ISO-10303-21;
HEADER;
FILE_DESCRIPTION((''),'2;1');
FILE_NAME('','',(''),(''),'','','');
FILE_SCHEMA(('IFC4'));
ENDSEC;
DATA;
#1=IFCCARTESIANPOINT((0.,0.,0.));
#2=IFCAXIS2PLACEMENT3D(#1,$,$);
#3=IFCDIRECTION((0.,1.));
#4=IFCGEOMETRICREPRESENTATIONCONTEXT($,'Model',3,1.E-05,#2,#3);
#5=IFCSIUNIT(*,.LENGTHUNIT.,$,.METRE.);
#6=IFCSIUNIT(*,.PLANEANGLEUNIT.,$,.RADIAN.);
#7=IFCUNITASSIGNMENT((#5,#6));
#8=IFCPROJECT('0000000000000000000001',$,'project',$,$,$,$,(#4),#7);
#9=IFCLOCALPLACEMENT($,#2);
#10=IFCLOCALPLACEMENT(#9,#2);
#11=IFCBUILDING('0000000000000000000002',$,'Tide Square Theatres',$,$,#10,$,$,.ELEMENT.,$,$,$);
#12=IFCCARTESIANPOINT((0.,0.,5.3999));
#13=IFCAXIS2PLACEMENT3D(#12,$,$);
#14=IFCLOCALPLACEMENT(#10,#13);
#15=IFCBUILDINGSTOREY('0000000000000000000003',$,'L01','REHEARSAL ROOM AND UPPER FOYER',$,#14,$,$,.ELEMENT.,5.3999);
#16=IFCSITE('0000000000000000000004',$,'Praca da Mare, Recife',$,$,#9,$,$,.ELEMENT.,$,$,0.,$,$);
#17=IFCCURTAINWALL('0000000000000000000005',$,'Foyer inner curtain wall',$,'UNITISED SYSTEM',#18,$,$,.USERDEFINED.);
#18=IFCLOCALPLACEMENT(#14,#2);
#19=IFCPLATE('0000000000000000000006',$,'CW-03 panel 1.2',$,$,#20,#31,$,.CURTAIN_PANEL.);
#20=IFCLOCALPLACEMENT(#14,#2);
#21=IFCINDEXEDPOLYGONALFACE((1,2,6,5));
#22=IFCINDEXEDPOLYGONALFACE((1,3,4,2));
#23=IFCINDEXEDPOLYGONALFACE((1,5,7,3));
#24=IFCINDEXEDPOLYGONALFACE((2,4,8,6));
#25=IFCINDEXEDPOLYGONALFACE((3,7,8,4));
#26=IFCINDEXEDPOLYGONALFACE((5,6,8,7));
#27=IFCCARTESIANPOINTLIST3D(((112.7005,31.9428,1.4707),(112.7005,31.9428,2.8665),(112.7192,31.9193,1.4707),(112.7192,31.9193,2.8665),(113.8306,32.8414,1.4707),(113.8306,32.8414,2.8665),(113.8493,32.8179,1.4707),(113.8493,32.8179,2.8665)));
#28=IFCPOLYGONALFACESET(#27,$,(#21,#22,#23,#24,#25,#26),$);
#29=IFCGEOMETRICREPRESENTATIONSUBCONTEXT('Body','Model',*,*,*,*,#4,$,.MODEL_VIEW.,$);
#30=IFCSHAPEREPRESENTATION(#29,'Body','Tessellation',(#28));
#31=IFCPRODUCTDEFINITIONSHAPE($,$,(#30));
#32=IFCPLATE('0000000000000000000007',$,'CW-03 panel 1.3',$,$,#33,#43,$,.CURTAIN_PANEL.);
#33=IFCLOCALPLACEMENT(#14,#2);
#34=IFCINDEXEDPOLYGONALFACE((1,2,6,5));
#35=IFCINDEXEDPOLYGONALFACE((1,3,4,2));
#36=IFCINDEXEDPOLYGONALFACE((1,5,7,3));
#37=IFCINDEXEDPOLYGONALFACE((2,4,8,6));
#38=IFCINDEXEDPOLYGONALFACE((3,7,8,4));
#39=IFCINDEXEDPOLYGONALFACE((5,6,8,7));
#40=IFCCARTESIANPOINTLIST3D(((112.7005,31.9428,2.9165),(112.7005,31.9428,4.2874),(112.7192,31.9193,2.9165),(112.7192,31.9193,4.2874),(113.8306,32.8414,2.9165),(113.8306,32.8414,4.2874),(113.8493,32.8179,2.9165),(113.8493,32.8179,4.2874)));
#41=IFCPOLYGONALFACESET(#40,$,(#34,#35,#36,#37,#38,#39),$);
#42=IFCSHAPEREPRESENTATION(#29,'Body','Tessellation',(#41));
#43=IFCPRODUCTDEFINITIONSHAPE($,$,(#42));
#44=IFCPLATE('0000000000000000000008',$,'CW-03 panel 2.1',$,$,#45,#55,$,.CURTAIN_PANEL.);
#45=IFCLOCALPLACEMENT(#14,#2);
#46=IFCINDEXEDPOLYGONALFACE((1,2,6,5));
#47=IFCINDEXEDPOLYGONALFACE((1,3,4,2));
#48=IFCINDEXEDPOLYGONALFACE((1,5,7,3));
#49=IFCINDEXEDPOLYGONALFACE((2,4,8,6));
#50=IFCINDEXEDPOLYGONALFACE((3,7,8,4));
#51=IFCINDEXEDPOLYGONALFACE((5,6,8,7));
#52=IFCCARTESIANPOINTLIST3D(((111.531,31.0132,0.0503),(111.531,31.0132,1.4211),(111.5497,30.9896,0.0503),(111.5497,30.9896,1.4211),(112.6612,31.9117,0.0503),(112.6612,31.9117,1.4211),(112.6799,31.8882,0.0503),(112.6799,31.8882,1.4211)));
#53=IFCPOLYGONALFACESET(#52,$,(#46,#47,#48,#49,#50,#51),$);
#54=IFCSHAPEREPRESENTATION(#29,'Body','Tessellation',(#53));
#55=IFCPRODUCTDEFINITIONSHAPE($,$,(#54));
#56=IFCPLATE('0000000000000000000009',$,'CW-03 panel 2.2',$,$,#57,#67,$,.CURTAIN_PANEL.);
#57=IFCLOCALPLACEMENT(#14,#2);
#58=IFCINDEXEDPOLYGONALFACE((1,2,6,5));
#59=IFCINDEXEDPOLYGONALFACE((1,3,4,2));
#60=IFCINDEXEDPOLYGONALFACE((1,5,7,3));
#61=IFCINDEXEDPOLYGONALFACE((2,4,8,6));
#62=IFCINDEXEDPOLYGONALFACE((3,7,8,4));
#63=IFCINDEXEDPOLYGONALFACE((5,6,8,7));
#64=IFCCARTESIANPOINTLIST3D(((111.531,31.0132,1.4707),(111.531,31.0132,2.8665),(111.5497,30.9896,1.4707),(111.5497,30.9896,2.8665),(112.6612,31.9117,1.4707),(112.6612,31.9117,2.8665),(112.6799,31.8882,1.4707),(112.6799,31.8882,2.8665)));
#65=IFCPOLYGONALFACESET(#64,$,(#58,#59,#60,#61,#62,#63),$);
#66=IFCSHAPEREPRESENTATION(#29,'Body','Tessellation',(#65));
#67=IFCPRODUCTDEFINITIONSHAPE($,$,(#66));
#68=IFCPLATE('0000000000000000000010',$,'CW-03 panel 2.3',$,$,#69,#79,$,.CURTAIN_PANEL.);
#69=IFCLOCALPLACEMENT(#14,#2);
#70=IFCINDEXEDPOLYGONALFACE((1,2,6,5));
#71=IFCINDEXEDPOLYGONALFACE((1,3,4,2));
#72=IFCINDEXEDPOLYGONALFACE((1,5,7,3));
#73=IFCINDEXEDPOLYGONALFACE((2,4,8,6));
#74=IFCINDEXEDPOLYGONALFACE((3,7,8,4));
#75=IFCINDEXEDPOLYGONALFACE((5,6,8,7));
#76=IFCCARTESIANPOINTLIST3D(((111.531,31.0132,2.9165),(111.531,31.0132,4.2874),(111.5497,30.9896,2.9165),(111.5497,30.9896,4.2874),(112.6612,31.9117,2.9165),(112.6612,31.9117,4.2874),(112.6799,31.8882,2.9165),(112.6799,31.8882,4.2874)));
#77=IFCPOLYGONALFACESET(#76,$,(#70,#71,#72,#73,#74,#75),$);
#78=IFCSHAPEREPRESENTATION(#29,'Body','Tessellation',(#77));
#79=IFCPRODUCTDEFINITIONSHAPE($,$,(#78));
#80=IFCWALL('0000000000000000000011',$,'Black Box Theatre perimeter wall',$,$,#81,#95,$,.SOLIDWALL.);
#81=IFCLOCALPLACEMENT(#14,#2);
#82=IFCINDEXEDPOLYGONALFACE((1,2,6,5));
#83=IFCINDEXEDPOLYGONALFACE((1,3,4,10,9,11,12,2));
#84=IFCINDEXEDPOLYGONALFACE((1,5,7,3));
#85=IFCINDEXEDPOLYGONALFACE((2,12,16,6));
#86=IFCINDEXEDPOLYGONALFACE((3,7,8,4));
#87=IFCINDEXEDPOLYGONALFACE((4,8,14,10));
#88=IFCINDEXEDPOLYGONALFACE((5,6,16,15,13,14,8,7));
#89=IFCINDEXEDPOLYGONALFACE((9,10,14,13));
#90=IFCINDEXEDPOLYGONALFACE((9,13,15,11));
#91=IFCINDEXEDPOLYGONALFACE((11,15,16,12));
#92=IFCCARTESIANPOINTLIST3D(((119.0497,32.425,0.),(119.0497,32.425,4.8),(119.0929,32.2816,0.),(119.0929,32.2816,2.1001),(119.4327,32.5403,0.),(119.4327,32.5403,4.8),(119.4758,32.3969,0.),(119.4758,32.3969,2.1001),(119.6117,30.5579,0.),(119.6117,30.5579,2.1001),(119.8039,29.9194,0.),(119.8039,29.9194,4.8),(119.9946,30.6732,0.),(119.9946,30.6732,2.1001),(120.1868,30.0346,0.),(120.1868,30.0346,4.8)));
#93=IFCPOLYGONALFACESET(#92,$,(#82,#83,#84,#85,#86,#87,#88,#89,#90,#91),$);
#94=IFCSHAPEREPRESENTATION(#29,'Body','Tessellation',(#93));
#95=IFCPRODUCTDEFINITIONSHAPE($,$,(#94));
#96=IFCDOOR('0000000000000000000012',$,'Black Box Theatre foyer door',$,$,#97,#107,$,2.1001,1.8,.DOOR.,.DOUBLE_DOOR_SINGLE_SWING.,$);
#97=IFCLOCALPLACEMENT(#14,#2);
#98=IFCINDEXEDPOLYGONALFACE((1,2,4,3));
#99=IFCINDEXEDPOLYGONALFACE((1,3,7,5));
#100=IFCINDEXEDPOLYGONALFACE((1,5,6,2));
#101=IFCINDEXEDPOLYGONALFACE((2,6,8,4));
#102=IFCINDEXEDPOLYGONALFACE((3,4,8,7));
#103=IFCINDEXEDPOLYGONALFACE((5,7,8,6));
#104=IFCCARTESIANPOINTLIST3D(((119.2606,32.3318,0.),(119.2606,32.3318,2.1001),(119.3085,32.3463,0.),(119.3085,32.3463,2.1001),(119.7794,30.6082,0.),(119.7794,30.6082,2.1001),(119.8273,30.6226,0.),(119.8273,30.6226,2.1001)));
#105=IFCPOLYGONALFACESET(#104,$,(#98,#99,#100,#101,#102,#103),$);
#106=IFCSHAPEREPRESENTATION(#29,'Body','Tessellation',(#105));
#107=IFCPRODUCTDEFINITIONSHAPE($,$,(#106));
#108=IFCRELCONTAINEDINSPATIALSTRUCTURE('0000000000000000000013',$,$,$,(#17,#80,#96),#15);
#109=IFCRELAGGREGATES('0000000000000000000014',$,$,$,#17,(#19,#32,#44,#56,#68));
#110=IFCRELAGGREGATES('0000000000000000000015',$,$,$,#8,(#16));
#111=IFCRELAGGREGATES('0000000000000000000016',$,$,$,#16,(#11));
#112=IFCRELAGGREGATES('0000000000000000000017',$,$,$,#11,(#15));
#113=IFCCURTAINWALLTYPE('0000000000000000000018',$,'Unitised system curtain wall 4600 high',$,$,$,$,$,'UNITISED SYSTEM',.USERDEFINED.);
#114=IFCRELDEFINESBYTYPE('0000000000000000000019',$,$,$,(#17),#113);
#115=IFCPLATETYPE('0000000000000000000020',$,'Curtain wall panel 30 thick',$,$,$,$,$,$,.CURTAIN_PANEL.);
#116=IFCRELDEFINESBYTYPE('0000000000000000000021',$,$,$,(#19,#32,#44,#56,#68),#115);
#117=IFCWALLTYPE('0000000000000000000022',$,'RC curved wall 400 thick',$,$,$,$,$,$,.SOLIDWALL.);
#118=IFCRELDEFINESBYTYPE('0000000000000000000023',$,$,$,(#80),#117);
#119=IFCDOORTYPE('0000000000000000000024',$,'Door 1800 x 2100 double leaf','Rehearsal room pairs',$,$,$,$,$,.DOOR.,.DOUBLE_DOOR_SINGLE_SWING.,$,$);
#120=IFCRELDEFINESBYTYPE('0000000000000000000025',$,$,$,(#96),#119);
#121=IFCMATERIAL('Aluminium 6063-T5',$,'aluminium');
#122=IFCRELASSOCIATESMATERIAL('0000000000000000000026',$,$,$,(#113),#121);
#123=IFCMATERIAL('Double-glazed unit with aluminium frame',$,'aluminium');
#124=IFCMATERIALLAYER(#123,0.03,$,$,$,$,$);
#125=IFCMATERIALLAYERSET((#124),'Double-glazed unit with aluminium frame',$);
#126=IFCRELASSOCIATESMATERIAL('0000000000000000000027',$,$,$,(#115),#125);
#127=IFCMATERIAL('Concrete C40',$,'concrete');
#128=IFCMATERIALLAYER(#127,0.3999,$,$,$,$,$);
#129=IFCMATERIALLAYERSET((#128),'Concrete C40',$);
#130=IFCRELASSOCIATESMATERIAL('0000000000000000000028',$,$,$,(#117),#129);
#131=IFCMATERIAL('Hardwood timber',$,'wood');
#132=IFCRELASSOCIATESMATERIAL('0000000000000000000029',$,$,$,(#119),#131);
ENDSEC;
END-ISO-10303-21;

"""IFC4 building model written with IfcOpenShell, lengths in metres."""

from ifc_helpers import new_model, si_unit, direction, frame, frame_2d, origin, origin_2d, place, context, subcontext, project, spatial, rectangle, extrude, material, layer, layer_set, type_object, element, fill, aggregate, save


model = new_model("IFC4")

# Units and contexts
model_context = context("Model", 3, precision=1e-05, world=origin(), true_north=direction((0.0, 1.0)))
body_context = subcontext(model_context, "Body", "Model", "MODEL_VIEW")
ifc_project = project(units=[si_unit("LENGTHUNIT", "METRE"), si_unit("PLANEANGLEUNIT", "RADIAN")], contexts=[model_context])

# Site, building, storey
site_placement = place(None, origin())
site = spatial("IfcSite", under=ifc_project, at=site_placement, Name="Praca da Mare, Recife", CompositionType="ELEMENT", RefElevation=0.0)
building_placement = place(site_placement, origin())
building = spatial("IfcBuilding", under=site, at=building_placement, Name="Tide Square Theatres", CompositionType="ELEMENT")
storey_placement = place(building_placement, frame((0.0, 0.0, 5.3999)))
storey = spatial("IfcBuildingStorey", under=building, at=storey_placement, Name="L01", Description="REHEARSAL ROOM AND UPPER FOYER", CompositionType="ELEMENT", Elevation=5.3999)

# Curtain wall
ifc_material_1 = material(Name="Aluminium 6063-T5", Category="aluminium")
curtain_wall_type = type_object("IfcCurtainWallType", Name="Unitised system curtain wall 4600 high", ElementType="UNITISED SYSTEM", PredefinedType="USERDEFINED", material=ifc_material_1)
curtain_wall_placement = place(storey_placement, origin())
curtain_wall = element("IfcCurtainWall", 1, at=curtain_wall_placement, inside=storey, type_object=curtain_wall_type, Name="Foyer inner curtain wall", ObjectType="UNITISED SYSTEM", PredefinedType="USERDEFINED")

# Plates
ifc_material_2 = material(Name="Double-glazed unit with aluminium frame", Category="aluminium")
ifc_layer_1 = layer(ifc_material_2, 0.03)
ifc_layer_set_1 = layer_set([ifc_layer_1], Name="Double-glazed unit with aluminium frame")
plate_type = type_object("IfcPlateType", Name="Curtain wall panel 30 thick", PredefinedType="CURTAIN_PANEL", material=ifc_layer_set_1)
plate_1_placement = place(storey_placement, frame((113.2749, 32.3804, 1.4707), z_axis=(0.0, 0.0, 1.0), x_axis=(-0.782747, -0.62234, 0.0)))
plate_1 = element("IfcPlate", 2, at=plate_1_placement, type_object=plate_type, Name="CW-03 panel 1.2", PredefinedType="CURTAIN_PANEL", context=body_context, shape_type="SweptSolid", body=[
    extrude(rectangle(XDim=1.4438, YDim=0.03, at=origin_2d()), origin(), (0.0, 0.0, 1.0), 1.3958),
])
plate_2_placement = place(storey_placement, frame((113.2749, 32.3804, 2.9165), z_axis=(0.0, 0.0, 1.0), x_axis=(-0.782747, -0.62234, 0.0)))
plate_2 = element("IfcPlate", 3, at=plate_2_placement, type_object=plate_type, Name="CW-03 panel 1.3", PredefinedType="CURTAIN_PANEL", context=body_context, shape_type="SweptSolid", body=[
    extrude(rectangle(XDim=1.4438, YDim=0.03, at=origin_2d()), origin(), (0.0, 0.0, 1.0), 1.3708),
])
plate_3_placement = place(storey_placement, frame((112.1055, 31.4507, 0.0503), z_axis=(0.0, 0.0, 1.0), x_axis=(-0.782747, -0.62234, 0.0)))
plate_3 = element("IfcPlate", 4, at=plate_3_placement, type_object=plate_type, Name="CW-03 panel 2.1", PredefinedType="CURTAIN_PANEL", context=body_context, shape_type="SweptSolid", body=[
    extrude(rectangle(XDim=1.4438, YDim=0.03, at=origin_2d()), origin(), (0.0, 0.0, 1.0), 1.3708),
])
plate_4_placement = place(storey_placement, frame((112.1055, 31.4507, 1.4707), z_axis=(0.0, 0.0, 1.0), x_axis=(-0.782747, -0.62234, 0.0)))
plate_4 = element("IfcPlate", 5, at=plate_4_placement, type_object=plate_type, Name="CW-03 panel 2.2", PredefinedType="CURTAIN_PANEL", context=body_context, shape_type="SweptSolid", body=[
    extrude(rectangle(XDim=1.4438, YDim=0.03, at=origin_2d()), origin(), (0.0, 0.0, 1.0), 1.3958),
])
plate_5_placement = place(storey_placement, frame((112.1055, 31.4507, 2.9165), z_axis=(0.0, 0.0, 1.0), x_axis=(-0.782747, -0.62234, 0.0)))
plate_5 = element("IfcPlate", 6, at=plate_5_placement, type_object=plate_type, Name="CW-03 panel 2.3", PredefinedType="CURTAIN_PANEL", context=body_context, shape_type="SweptSolid", body=[
    extrude(rectangle(XDim=1.4438, YDim=0.03, at=origin_2d()), origin(), (0.0, 0.0, 1.0), 1.3708),
])
aggregate(curtain_wall, [plate_1, plate_2, plate_3, plate_4, plate_5])

# Wall, opening, door
ifc_material_3 = material(Name="Concrete C40", Category="concrete")
ifc_layer_2 = layer(ifc_material_3, 0.3999)
ifc_layer_set_2 = layer_set([ifc_layer_2], Name="Concrete C40")
wall_type = type_object("IfcWallType", Name="RC curved wall 400 thick", PredefinedType="SOLIDWALL", material=ifc_layer_set_2)
wall_placement = place(storey_placement, frame((119.2412, 32.4827, 0.0), z_axis=(0.0, 0.0, 1.0), x_axis=(0.288212, -0.957567, 0.0)))
wall = element("IfcWall", 7, at=wall_placement, inside=storey, type_object=wall_type, Name="Black Box Theatre perimeter wall", PredefinedType="SOLIDWALL", context=body_context, shape_type="SweptSolid", body=[
    extrude(rectangle(XDim=2.6167, YDim=0.3999, at=frame_2d((1.3083, 0.0))), origin(), (0.0, 0.0, 1.0), 4.8),
])
opening_placement = place(wall_placement, frame((0.1499, 0.0, 0.0)))
opening = element("IfcOpeningElement", 8, at=opening_placement, cuts=wall, PredefinedType="OPENING", context=body_context, shape_type="SweptSolid", body=[
    extrude(rectangle(XDim=1.8, YDim=2.1001, at=frame_2d((0.8999, 1.05))), frame((0.0, 0.21, 0.0), z_axis=(0.0, -1.0, 0.0), x_axis=(1.0, 0.0, 0.0)), (0.0, 0.0, 1.0), 0.4199),
])
ifc_material_4 = material(Name="Hardwood timber", Category="wood")
door_type = type_object("IfcDoorType", Name="Door 1800 x 2100 double leaf", Description="Rehearsal room pairs", OperationType="DOUBLE_DOOR_SINGLE_SWING", PredefinedType="DOOR", material=ifc_material_4)
door_placement = place(opening_placement, frame((1.8, 0.0, 0.0), z_axis=(0.0, 0.0, 1.0), x_axis=(-1.0, 0.0, 0.0)))
door = element("IfcDoor", 9, at=door_placement, inside=storey, type_object=door_type, Name="Black Box Theatre foyer door", OperationType="DOUBLE_DOOR_SINGLE_SWING", OverallHeight=2.1001, OverallWidth=1.8, PredefinedType="DOOR", context=body_context, shape_type="SweptSolid", body=[
    extrude(rectangle(XDim=1.8, YDim=2.1001, at=frame_2d((0.8999, 1.05))), frame((0.0, 0.0249, 0.0), z_axis=(0.0, -1.0, 0.0), x_axis=(1.0, 0.0, 0.0)), (0.0, 0.0, 1.0), 0.05),
])
fill(opening, door)

save(model, "model.ifc")
